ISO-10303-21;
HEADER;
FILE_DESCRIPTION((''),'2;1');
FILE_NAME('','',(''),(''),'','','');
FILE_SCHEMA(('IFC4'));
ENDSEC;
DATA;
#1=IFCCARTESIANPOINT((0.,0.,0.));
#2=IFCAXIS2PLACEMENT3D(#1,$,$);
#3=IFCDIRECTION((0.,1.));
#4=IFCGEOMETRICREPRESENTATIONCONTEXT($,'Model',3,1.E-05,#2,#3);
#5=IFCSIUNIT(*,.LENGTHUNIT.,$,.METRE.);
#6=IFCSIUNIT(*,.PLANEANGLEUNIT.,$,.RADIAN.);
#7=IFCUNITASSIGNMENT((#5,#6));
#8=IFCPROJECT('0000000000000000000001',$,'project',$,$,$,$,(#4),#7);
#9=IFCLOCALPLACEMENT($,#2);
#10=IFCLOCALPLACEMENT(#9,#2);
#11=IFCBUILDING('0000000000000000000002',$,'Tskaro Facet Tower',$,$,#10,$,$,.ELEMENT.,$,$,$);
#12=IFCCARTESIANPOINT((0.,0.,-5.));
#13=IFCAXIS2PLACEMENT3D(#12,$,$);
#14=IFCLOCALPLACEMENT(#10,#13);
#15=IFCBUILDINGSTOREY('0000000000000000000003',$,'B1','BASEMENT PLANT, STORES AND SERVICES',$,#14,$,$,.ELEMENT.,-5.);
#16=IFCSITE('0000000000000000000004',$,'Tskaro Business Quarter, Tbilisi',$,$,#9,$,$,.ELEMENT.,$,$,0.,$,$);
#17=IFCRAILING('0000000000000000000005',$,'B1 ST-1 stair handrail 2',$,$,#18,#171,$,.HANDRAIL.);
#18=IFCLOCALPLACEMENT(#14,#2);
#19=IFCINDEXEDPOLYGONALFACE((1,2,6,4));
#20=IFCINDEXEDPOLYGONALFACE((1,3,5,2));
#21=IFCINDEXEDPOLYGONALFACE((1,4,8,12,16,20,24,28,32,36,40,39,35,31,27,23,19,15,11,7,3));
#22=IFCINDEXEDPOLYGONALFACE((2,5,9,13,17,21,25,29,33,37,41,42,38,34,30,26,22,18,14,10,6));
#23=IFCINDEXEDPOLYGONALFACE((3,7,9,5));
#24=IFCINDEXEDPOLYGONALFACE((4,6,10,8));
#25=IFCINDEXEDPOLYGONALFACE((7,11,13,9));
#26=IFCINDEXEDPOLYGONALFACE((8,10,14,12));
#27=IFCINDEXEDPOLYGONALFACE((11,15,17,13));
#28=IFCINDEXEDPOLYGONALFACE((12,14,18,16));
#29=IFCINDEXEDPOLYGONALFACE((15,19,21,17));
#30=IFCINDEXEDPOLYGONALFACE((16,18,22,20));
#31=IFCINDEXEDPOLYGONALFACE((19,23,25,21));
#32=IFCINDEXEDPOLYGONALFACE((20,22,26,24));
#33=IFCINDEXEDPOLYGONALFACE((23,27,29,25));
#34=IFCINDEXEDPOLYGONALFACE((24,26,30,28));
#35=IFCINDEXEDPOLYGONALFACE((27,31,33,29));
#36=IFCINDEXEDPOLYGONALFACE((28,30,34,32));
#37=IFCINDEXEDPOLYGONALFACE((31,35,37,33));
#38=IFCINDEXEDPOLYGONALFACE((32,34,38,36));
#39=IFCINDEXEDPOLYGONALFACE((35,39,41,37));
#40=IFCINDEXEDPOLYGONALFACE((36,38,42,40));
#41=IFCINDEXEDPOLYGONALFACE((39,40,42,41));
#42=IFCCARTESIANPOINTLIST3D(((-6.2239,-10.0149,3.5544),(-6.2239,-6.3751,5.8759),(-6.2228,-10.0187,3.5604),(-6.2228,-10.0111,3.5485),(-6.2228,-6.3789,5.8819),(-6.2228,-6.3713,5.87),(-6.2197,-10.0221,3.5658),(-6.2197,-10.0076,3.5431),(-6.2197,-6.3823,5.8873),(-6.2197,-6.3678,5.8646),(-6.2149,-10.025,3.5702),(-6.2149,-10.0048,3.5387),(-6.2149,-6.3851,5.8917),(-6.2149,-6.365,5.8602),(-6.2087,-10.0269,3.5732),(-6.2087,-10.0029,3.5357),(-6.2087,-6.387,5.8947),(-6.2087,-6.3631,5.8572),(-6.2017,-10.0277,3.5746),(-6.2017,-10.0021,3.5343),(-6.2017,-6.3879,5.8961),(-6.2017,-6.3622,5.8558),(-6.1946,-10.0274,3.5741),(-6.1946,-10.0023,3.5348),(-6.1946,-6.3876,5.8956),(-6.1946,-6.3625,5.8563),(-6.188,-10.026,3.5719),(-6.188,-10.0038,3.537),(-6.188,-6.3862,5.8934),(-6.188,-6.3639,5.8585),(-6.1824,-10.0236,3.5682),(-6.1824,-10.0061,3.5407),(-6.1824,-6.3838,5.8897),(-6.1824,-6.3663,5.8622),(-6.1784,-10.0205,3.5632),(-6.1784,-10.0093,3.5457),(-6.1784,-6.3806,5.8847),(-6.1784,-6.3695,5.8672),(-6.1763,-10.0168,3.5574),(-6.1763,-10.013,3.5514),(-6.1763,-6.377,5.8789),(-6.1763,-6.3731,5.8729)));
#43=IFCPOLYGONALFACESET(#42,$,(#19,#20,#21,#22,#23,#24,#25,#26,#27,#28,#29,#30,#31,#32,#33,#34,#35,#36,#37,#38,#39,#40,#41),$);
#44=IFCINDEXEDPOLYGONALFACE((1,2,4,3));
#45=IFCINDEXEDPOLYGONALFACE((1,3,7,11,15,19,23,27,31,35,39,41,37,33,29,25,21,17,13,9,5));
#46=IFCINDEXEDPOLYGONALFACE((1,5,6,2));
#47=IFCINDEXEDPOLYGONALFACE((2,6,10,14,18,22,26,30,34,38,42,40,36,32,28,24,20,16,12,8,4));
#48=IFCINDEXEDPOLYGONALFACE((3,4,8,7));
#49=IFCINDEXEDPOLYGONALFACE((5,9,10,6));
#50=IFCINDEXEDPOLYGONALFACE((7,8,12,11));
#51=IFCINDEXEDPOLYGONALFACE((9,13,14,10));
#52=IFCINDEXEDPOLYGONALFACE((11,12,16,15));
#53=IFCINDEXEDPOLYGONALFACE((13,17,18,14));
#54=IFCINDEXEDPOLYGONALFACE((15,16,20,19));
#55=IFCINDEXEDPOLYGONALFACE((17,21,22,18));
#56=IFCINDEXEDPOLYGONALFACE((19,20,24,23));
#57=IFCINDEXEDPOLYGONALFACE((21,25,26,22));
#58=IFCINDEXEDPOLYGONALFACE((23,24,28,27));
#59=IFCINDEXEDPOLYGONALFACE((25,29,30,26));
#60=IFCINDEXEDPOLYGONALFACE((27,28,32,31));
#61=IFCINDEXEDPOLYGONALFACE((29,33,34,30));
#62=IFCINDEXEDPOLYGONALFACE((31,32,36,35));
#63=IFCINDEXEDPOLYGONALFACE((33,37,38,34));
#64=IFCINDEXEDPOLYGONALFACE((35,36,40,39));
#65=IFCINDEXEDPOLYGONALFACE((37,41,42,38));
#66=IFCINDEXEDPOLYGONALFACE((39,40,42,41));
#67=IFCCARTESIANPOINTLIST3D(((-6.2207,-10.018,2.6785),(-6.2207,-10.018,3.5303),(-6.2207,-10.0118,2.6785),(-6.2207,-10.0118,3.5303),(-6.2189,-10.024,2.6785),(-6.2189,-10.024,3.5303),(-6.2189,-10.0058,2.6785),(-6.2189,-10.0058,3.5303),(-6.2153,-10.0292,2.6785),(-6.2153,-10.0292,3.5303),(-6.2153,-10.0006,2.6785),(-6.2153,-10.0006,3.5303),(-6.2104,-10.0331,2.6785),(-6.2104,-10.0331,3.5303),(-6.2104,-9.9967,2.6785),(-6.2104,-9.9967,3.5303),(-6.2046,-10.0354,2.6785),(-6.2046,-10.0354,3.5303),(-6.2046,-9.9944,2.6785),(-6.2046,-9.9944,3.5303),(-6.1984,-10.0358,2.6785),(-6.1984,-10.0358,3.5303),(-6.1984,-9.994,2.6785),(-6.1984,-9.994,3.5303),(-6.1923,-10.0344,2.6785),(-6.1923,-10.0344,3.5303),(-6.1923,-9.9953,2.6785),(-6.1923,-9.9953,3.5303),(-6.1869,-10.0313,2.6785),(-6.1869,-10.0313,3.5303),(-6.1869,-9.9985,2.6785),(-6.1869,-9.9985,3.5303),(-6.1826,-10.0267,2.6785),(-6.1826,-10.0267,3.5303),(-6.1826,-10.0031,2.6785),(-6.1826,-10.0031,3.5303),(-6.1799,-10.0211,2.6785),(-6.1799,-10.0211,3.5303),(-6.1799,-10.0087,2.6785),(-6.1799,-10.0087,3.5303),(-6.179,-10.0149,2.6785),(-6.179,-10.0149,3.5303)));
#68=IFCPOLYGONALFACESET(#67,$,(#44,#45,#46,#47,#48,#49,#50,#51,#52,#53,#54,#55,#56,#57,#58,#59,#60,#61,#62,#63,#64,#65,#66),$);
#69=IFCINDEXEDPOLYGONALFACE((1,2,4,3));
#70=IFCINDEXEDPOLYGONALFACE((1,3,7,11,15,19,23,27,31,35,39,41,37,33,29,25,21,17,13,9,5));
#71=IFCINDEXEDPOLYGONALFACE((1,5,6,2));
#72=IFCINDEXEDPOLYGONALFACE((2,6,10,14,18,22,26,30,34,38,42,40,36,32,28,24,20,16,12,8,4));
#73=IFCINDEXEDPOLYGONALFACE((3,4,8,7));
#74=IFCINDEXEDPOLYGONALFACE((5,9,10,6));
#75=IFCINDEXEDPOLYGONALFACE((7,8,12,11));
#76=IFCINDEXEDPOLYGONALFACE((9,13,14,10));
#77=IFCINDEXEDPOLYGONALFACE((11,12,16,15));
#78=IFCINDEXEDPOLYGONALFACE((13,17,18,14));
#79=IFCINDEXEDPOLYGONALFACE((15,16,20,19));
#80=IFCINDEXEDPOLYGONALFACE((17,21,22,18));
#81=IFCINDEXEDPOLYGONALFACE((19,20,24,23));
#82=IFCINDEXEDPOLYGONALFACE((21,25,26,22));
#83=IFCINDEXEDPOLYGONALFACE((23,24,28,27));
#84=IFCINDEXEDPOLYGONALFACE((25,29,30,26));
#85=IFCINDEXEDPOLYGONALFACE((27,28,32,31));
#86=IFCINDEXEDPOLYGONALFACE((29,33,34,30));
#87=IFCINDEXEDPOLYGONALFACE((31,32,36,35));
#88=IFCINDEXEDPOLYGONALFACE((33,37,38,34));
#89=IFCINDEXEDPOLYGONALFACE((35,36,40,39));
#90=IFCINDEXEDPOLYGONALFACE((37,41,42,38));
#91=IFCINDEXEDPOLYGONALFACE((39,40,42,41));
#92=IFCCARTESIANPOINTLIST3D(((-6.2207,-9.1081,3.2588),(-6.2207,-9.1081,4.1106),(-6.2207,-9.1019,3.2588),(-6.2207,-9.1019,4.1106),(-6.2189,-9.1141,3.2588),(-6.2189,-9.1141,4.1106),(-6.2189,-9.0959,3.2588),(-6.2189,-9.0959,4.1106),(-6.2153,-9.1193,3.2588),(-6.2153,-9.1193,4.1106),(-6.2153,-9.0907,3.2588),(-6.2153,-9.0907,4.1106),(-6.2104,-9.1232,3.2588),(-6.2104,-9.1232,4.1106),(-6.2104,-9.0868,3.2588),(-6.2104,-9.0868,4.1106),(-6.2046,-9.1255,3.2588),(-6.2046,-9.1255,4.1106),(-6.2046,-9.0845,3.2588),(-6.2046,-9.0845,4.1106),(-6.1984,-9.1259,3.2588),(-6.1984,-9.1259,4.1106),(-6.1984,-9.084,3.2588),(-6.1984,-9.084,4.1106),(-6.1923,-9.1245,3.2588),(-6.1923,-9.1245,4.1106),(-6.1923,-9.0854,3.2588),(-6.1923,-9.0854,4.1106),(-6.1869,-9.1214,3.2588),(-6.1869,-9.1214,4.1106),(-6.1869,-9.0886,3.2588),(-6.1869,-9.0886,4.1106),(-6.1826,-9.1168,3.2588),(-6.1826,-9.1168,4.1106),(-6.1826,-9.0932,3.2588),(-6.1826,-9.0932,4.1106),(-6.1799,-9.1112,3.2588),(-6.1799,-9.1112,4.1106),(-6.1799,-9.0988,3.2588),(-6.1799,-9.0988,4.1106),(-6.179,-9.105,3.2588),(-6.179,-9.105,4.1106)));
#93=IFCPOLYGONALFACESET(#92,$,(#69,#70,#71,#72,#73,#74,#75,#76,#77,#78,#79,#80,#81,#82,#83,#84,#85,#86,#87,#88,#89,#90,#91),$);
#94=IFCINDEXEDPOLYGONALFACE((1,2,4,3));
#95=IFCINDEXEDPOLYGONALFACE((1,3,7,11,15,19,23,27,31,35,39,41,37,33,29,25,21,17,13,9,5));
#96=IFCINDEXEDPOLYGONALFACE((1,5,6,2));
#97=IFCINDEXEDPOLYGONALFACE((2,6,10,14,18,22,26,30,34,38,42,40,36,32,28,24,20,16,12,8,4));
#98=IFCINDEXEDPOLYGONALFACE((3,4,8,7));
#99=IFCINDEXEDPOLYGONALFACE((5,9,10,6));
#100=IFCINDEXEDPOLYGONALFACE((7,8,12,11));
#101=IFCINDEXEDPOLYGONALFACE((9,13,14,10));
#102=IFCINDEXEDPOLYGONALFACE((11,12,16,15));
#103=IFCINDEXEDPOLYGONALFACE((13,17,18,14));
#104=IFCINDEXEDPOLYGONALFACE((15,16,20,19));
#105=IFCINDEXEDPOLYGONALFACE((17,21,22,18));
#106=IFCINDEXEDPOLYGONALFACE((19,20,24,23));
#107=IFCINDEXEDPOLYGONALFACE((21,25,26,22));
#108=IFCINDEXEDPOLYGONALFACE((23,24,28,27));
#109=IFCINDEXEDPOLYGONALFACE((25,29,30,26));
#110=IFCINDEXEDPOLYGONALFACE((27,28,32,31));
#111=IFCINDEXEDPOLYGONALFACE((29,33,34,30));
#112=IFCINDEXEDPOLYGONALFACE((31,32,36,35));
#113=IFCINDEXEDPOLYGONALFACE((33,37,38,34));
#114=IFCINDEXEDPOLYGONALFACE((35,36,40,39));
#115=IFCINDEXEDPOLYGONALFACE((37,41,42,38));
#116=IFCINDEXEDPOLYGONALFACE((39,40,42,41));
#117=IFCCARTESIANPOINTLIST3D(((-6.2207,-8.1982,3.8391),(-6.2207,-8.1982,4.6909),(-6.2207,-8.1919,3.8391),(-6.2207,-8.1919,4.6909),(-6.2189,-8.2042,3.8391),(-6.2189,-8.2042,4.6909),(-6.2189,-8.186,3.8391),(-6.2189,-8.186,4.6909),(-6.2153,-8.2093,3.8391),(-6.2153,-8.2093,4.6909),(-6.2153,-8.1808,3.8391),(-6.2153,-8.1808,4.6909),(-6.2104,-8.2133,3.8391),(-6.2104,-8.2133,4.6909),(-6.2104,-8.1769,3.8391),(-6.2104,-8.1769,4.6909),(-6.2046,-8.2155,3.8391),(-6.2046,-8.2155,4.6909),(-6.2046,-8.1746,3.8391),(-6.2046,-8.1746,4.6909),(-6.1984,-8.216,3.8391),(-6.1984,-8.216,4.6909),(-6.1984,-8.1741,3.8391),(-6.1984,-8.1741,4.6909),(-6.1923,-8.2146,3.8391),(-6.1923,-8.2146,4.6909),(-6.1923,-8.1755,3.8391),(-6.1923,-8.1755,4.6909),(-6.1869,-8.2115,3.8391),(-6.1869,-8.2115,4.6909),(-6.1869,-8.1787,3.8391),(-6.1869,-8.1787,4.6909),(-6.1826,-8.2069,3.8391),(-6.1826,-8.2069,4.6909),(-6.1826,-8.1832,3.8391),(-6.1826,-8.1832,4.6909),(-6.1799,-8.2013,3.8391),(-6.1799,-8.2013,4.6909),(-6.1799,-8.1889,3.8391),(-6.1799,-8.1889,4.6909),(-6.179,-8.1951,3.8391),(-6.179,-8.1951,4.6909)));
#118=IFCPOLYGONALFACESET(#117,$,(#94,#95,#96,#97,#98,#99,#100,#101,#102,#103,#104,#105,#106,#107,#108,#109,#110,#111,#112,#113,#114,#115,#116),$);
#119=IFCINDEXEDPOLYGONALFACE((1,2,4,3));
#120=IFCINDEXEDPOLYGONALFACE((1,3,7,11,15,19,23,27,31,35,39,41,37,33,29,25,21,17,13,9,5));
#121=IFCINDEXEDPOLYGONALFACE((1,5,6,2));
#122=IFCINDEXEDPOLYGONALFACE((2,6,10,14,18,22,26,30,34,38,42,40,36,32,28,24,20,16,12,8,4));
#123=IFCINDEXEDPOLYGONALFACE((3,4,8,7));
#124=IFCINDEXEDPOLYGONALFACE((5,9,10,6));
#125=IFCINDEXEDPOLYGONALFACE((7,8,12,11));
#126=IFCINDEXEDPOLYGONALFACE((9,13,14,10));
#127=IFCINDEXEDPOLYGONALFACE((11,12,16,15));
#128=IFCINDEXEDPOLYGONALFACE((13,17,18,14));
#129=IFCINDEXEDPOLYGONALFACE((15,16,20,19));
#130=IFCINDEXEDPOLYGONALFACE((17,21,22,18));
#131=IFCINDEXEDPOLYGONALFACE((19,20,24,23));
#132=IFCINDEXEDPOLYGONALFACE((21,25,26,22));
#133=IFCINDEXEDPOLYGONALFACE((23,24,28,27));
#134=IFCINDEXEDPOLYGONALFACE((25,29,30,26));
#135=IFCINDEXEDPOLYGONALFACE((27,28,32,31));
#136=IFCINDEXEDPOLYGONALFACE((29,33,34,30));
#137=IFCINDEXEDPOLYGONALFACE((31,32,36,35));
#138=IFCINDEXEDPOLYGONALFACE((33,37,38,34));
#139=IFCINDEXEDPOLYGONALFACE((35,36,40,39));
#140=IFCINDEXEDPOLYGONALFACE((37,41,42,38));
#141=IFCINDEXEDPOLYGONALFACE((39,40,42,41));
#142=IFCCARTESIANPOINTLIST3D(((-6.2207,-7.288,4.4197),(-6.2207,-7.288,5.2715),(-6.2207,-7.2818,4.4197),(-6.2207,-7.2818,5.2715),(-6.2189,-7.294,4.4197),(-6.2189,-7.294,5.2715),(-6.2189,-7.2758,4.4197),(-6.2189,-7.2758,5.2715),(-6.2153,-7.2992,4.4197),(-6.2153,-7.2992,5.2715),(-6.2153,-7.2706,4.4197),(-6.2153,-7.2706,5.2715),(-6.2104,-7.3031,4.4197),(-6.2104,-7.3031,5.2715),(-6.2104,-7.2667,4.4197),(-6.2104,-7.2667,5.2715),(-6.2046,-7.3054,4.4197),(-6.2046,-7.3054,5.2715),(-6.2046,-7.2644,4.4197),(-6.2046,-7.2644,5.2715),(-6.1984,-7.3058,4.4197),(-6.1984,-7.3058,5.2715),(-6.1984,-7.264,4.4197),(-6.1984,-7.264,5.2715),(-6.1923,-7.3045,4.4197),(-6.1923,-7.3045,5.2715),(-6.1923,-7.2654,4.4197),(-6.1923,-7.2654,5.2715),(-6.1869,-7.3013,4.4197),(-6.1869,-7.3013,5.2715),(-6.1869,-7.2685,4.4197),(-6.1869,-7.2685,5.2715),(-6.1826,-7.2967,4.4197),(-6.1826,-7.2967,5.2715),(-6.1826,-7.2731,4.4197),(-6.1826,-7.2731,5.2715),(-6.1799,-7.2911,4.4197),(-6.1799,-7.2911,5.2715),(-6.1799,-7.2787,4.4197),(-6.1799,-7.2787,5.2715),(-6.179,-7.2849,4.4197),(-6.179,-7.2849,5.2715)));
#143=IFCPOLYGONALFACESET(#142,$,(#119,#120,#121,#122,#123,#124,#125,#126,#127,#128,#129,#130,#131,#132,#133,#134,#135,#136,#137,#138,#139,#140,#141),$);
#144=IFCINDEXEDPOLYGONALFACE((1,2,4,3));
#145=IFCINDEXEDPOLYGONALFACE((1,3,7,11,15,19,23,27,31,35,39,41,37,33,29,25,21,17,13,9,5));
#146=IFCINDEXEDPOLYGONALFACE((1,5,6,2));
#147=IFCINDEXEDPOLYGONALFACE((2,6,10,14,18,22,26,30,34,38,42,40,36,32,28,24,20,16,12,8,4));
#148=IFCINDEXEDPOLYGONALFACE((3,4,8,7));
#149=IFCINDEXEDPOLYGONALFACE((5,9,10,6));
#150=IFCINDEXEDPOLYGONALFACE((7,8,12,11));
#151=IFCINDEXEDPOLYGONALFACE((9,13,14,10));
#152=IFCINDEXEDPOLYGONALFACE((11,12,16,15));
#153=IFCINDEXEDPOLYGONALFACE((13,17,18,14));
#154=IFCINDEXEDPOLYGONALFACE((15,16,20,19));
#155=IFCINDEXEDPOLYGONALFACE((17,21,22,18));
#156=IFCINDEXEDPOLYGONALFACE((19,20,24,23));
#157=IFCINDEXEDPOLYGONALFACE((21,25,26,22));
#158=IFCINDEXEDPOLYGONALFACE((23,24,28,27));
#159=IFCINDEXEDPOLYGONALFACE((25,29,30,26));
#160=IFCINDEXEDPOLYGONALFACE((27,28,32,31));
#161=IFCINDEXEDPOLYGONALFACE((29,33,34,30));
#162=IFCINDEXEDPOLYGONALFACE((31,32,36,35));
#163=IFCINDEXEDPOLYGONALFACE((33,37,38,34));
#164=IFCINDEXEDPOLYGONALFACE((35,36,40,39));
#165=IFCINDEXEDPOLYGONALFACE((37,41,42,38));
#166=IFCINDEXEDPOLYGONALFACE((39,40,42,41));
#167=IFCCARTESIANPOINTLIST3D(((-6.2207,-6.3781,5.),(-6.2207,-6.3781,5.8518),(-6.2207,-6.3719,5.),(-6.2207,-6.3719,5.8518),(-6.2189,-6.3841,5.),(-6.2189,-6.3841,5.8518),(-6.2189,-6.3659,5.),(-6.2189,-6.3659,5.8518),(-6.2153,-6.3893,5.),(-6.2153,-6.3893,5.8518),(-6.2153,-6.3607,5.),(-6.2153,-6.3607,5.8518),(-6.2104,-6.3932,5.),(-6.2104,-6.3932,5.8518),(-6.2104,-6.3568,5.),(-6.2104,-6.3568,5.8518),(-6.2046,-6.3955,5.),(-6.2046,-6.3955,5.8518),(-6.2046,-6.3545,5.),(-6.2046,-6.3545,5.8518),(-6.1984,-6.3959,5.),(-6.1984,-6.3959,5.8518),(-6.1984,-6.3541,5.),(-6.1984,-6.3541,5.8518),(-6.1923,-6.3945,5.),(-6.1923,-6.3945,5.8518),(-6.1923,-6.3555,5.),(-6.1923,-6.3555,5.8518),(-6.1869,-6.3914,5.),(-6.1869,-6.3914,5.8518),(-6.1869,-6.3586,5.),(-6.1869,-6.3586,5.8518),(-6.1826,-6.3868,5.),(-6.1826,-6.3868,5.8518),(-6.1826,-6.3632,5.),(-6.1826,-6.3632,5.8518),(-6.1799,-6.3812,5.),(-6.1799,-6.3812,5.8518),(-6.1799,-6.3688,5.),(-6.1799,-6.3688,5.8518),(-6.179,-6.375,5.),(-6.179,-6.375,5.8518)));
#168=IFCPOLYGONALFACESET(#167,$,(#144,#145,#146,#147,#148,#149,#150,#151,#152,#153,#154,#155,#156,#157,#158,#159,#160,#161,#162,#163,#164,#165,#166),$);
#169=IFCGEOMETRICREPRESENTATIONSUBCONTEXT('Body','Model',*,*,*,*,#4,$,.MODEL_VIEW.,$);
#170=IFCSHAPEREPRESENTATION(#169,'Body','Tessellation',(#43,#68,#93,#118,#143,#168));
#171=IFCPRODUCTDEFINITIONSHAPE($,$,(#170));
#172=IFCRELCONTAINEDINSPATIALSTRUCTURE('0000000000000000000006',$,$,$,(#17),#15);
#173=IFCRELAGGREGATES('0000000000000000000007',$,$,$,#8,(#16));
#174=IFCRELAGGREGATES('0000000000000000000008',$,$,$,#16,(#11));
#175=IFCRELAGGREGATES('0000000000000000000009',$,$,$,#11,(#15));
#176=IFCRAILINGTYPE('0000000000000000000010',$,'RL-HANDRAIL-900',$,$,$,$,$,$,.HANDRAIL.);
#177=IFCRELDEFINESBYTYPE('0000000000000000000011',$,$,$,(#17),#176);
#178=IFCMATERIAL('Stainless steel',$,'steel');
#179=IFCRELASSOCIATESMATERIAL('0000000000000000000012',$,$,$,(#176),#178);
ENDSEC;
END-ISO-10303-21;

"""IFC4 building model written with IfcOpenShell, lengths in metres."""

from ifc_helpers import new_model, si_unit, direction, frame, origin, origin_2d, place, context, subcontext, project, spatial, circle, extrude, material, type_object, element, save


model = new_model("IFC4")

# Units and contexts
model_context = context("Model", 3, precision=1e-05, world=origin(), true_north=direction((0.0, 1.0)))
body_context = subcontext(model_context, "Body", "Model", "MODEL_VIEW")
ifc_project = project(units=[si_unit("LENGTHUNIT", "METRE"), si_unit("PLANEANGLEUNIT", "RADIAN")], contexts=[model_context])

# Site, building, storey
site_placement = place(None, origin())
site = spatial("IfcSite", under=ifc_project, at=site_placement, Name="Tskaro Business Quarter, Tbilisi", CompositionType="ELEMENT", RefElevation=0.0)
building_placement = place(site_placement, origin())
building = spatial("IfcBuilding", under=site, at=building_placement, Name="Tskaro Facet Tower", CompositionType="ELEMENT")
storey_placement = place(building_placement, frame((0.0, 0.0, -5.0)))
storey = spatial("IfcBuildingStorey", under=building, at=storey_placement, Name="B1", Description="BASEMENT PLANT, STORES AND SERVICES", CompositionType="ELEMENT", Elevation=-5.0)

# Shared definitions
ifc_material_1 = material(Name="Stainless steel", Category="steel")

# Railing
railing_type_1 = type_object("IfcRailingType", Name="RL-HANDRAIL-900", PredefinedType="HANDRAIL", material=ifc_material_1)
railing_1_placement = place(storey_placement, frame((-6.2, -10.0149, 2.6785)))
element("IfcRailing", 1, at=railing_1_placement, inside=storey, type_object=railing_type_1, Name="B1 ST-1 stair handrail 2", PredefinedType="HANDRAIL", context=body_context, shape_type="SweptSolid", body=[
    extrude(circle(Radius=0.0239, at=origin_2d()), frame((0.0, 0.0, 0.876), z_axis=(0.0, 0.843112, 0.537739), x_axis=(-1.0, 0.0, 0.0)), (0.0, 0.0, 1.0), 4.3171),
    extrude(circle(Radius=0.021, at=origin_2d()), origin(), (0.0, 0.0, 1.0), 0.8518),
    extrude(circle(Radius=0.021, at=origin_2d()), frame((0.0, 0.9099, 0.5803)), (0.0, 0.0, 1.0), 0.8518),
    extrude(circle(Radius=0.021, at=origin_2d()), frame((0.0, 1.8198, 1.1606)), (0.0, 0.0, 1.0), 0.8518),
    extrude(circle(Radius=0.021, at=origin_2d()), frame((0.0, 2.73, 1.7412)), (0.0, 0.0, 1.0), 0.8518),
    extrude(circle(Radius=0.021, at=origin_2d()), frame((0.0, 3.6399, 2.3215)), (0.0, 0.0, 1.0), 0.8518),
])

save(model, "model.ifc")
